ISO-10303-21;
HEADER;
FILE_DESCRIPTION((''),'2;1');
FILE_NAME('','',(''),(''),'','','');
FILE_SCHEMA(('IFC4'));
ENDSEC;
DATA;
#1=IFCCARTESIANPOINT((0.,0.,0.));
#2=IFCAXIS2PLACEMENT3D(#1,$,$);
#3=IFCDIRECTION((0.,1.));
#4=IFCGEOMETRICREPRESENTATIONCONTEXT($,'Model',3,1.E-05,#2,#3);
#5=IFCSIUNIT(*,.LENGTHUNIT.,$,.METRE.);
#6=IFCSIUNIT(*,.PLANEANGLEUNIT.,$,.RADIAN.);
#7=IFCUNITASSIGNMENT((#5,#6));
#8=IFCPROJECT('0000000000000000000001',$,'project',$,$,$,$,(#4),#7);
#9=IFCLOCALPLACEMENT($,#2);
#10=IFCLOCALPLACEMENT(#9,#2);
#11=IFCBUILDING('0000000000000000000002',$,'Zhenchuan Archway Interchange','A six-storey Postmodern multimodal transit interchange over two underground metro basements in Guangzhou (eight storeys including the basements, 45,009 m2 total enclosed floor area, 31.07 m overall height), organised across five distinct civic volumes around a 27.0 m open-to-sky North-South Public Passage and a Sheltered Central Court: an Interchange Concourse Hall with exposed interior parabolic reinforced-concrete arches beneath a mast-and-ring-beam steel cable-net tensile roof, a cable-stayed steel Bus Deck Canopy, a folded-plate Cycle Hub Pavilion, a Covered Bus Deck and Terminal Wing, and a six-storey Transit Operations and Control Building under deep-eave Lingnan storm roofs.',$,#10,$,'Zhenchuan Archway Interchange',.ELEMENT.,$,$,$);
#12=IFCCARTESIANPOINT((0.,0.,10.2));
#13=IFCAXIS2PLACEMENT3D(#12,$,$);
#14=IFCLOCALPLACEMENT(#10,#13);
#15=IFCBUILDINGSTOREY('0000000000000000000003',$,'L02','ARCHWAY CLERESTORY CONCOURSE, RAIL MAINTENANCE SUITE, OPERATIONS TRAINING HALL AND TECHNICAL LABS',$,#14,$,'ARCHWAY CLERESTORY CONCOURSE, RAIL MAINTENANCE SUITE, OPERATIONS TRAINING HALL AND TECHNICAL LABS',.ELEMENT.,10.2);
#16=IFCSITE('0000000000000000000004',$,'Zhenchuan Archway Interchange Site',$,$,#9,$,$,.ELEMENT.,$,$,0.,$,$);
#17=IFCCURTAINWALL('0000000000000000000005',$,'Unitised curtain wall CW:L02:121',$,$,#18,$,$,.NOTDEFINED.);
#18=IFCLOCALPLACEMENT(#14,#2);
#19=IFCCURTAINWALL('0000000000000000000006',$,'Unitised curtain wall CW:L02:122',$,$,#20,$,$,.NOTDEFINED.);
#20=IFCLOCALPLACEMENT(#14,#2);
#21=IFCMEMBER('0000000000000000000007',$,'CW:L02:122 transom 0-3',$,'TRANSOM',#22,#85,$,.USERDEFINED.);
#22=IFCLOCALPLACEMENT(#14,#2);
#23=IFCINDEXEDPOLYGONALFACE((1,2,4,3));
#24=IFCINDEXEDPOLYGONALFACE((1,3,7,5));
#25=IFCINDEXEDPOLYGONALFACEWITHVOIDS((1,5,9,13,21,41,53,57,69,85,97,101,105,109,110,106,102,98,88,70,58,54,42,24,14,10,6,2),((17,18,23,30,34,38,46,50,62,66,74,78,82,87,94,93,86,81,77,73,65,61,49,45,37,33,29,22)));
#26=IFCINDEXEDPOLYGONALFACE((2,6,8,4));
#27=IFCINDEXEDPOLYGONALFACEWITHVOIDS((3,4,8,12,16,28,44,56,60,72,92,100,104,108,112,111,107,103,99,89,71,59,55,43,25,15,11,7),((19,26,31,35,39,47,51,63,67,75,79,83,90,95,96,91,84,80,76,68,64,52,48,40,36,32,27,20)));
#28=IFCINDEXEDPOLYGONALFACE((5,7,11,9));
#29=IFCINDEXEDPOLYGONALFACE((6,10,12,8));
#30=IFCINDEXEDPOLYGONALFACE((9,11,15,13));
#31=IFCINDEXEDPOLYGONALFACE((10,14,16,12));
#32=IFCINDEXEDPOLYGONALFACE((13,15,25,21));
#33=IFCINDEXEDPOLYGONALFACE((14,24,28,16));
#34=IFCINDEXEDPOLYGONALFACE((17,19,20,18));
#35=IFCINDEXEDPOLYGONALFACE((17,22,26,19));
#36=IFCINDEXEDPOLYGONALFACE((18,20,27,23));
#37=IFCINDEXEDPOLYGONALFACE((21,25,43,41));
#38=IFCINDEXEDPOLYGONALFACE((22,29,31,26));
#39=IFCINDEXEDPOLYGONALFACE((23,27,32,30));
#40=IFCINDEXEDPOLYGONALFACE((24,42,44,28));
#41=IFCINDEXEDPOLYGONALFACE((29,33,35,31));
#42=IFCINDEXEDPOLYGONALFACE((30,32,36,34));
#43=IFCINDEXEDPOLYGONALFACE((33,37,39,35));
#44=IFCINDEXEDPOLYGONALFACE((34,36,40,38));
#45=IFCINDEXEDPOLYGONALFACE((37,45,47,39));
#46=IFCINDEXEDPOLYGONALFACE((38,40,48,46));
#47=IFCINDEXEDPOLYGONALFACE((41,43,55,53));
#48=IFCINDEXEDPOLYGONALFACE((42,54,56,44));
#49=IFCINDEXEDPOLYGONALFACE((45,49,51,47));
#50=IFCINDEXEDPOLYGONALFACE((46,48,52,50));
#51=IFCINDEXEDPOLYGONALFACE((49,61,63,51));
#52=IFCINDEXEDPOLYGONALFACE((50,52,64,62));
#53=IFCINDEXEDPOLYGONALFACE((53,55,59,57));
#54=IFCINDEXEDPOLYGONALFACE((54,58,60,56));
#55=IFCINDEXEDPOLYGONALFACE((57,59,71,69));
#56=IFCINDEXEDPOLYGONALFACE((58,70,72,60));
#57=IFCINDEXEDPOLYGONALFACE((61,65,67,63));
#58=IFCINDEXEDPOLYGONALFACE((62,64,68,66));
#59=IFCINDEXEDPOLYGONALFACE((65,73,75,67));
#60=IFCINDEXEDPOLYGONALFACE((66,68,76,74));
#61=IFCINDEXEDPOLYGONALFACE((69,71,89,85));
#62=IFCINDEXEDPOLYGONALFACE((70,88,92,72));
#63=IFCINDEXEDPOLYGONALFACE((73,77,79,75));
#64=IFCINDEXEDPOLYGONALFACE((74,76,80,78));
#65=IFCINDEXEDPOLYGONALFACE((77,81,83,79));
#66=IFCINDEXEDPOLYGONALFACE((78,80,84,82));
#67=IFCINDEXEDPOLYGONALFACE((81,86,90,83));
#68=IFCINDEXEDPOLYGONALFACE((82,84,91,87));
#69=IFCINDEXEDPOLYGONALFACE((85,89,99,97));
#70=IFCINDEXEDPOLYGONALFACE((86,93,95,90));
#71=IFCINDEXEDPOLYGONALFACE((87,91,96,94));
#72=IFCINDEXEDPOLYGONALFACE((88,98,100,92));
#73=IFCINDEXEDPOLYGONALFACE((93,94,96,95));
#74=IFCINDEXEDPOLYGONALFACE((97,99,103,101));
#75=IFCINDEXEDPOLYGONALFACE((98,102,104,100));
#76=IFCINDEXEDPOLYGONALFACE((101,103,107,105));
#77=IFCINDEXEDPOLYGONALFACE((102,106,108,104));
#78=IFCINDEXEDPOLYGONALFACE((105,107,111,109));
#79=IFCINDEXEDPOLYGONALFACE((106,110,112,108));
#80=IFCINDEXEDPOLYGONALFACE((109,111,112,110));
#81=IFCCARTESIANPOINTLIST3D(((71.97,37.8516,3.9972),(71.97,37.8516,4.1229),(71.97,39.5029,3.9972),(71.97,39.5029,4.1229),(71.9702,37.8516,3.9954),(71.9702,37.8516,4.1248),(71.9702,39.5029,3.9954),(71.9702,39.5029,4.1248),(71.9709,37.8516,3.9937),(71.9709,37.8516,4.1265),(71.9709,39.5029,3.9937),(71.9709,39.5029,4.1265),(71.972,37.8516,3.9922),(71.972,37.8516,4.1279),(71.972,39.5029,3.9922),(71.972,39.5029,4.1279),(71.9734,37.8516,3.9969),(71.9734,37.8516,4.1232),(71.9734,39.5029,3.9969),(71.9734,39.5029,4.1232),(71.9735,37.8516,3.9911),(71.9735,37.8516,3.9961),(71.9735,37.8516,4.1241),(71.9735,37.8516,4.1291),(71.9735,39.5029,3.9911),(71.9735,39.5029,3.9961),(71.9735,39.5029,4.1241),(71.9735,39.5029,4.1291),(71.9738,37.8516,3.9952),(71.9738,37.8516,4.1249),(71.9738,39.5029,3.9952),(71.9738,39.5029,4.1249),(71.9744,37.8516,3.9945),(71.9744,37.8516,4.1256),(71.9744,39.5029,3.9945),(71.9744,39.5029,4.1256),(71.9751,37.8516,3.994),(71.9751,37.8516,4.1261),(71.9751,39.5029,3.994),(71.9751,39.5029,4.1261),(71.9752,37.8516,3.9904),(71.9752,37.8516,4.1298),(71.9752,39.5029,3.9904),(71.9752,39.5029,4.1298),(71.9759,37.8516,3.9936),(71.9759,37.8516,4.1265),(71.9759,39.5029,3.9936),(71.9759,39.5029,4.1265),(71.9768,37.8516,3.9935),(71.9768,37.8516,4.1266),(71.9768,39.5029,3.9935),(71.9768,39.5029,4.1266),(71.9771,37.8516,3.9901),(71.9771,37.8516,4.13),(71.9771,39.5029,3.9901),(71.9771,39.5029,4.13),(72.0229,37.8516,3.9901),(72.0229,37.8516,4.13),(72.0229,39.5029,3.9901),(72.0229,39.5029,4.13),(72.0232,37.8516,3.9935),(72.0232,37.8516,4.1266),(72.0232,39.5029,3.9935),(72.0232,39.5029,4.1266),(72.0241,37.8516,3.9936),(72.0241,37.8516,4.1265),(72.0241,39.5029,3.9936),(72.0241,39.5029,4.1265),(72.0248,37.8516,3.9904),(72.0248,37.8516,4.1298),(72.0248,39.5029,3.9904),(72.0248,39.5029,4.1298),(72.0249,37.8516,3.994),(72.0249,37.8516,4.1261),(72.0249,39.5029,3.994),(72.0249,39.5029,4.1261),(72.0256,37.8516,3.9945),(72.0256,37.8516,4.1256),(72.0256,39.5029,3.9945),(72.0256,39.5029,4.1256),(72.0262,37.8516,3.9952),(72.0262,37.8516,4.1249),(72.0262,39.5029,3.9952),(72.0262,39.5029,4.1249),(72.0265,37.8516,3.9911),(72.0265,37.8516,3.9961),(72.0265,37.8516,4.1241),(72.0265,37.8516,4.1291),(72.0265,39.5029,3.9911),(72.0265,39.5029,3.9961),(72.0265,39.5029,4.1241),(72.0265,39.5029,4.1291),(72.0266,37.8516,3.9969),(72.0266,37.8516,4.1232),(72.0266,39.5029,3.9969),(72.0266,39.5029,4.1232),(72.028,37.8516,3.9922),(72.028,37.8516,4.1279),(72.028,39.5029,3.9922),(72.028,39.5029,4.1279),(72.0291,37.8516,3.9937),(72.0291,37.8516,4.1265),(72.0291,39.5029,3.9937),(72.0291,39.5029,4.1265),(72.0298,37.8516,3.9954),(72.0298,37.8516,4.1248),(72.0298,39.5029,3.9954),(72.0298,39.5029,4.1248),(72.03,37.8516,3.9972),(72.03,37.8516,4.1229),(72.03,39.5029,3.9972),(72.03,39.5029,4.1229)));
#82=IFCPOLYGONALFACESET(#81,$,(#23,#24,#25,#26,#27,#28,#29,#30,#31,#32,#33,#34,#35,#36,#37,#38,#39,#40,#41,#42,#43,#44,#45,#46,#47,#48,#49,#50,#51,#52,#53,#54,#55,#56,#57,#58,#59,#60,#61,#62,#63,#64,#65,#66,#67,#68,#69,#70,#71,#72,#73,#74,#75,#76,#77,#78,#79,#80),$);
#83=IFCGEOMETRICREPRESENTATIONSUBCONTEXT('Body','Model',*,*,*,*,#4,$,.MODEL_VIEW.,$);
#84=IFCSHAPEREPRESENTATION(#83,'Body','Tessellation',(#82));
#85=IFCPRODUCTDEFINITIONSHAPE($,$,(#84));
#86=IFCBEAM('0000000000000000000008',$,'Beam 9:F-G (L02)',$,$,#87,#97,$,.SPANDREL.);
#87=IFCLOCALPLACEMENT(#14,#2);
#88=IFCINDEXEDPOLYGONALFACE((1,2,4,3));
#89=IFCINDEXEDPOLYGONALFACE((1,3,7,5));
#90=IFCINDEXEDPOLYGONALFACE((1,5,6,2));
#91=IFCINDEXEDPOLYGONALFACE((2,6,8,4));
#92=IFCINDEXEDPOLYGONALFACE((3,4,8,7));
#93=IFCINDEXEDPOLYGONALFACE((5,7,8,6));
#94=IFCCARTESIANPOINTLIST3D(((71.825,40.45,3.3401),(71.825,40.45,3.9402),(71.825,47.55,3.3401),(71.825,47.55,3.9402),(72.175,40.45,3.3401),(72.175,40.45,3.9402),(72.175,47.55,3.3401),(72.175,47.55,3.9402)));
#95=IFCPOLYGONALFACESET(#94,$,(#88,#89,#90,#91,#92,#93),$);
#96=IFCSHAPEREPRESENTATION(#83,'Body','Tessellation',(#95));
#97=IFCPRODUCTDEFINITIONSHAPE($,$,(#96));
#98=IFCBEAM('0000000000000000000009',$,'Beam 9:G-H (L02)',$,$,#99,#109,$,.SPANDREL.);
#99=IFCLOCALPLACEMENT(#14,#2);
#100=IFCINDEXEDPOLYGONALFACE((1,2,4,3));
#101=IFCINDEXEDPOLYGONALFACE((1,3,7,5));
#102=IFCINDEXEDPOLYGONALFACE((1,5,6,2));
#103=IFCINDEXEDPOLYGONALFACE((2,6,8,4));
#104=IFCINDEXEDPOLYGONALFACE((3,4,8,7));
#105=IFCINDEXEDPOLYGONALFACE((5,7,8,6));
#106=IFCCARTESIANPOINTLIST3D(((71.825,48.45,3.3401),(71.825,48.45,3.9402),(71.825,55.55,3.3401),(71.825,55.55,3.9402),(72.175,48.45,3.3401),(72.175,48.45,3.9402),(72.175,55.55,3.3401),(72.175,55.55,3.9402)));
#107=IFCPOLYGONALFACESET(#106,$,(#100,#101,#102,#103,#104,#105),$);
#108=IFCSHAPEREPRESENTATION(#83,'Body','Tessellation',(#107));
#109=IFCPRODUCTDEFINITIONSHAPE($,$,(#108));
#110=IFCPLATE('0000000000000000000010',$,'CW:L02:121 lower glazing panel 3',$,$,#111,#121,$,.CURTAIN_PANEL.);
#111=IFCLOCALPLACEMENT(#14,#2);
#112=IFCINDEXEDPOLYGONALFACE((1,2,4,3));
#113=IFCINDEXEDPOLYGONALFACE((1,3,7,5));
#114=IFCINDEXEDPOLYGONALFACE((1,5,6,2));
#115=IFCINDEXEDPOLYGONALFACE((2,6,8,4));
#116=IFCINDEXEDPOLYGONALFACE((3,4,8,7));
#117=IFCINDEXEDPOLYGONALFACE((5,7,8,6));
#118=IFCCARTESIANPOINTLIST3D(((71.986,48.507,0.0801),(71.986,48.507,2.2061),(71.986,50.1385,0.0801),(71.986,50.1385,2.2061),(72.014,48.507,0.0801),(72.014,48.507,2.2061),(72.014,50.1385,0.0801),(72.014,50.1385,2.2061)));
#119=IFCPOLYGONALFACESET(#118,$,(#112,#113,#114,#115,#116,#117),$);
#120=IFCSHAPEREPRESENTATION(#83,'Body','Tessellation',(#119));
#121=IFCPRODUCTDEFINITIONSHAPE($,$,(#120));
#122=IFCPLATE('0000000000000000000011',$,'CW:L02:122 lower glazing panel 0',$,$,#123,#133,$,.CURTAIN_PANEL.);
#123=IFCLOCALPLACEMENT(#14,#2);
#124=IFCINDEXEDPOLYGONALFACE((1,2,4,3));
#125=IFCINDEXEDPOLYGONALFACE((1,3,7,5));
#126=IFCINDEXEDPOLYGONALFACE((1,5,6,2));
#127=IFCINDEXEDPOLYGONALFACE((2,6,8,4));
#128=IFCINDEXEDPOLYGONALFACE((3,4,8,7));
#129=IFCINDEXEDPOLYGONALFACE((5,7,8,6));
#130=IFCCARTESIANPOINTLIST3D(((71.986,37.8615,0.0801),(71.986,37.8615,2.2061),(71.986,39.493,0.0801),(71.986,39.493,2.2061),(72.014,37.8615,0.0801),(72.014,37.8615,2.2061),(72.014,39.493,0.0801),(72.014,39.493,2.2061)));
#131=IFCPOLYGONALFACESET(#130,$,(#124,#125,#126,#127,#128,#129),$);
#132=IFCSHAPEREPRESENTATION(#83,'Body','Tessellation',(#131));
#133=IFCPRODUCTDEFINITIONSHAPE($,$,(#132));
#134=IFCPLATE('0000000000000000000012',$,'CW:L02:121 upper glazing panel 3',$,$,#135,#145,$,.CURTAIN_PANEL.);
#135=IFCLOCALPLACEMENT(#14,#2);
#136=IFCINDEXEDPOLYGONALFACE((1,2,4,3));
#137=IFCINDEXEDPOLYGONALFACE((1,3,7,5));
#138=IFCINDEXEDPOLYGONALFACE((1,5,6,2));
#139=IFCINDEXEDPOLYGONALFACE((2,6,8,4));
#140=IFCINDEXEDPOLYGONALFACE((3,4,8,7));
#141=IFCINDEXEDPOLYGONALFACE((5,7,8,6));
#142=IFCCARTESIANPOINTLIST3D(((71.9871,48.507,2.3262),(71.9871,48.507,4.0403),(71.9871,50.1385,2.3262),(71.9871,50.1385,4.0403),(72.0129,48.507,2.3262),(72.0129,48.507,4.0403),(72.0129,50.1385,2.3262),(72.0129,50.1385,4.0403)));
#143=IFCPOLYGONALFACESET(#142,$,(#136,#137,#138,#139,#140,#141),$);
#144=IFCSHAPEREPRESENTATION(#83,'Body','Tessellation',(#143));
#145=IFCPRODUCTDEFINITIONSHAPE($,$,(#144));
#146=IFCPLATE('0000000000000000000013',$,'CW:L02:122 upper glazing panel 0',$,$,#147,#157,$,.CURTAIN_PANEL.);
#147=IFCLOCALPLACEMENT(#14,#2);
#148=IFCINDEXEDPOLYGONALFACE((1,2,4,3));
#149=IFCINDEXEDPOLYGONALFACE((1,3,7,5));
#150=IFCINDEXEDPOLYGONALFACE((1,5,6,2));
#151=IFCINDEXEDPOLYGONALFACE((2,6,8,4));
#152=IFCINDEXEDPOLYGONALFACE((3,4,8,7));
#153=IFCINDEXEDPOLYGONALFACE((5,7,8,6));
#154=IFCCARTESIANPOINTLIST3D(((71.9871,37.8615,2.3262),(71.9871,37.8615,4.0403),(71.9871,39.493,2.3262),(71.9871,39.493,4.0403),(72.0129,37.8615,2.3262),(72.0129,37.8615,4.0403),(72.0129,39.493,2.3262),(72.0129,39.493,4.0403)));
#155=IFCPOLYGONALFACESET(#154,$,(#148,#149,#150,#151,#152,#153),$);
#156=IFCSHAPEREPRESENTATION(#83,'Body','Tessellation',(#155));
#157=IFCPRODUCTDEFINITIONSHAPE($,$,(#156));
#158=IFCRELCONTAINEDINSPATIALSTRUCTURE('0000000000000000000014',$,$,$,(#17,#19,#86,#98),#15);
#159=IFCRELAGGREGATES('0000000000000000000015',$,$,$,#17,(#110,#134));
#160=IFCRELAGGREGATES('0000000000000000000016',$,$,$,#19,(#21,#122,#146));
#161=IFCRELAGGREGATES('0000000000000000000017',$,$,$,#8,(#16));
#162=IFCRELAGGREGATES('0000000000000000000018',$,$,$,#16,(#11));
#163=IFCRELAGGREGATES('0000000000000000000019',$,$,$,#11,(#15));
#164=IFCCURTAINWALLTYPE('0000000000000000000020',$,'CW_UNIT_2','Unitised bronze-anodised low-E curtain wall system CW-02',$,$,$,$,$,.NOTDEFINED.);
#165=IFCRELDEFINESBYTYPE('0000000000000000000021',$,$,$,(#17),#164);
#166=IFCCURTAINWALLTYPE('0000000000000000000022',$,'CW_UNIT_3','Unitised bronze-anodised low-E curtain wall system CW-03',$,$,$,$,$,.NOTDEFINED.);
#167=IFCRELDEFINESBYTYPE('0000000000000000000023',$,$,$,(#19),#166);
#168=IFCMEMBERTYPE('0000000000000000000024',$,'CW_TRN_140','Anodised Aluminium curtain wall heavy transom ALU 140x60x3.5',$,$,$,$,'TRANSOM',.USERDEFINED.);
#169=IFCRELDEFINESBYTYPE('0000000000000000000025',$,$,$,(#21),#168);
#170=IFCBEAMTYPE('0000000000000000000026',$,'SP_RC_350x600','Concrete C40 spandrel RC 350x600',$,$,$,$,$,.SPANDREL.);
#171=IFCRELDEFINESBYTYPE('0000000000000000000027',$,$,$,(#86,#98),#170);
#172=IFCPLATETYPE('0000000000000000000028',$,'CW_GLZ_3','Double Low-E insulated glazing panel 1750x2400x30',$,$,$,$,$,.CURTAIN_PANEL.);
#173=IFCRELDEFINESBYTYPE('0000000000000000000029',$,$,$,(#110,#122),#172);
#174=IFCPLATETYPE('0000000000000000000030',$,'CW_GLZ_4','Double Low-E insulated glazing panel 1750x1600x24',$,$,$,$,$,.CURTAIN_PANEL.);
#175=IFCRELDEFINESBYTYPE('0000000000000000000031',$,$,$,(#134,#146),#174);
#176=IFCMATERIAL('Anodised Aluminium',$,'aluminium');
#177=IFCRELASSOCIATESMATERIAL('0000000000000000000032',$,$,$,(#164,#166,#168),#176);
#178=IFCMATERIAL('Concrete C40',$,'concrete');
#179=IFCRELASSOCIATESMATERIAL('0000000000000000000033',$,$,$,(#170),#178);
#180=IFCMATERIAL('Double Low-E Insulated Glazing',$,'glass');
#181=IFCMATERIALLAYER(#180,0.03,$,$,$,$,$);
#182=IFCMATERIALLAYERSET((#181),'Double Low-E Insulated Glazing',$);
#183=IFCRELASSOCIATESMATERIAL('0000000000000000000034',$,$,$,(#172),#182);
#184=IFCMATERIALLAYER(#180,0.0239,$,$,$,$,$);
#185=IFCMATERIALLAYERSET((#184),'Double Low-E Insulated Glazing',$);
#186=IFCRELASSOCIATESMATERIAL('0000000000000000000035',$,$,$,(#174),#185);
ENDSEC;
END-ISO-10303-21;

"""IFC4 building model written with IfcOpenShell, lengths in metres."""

from ifc_helpers import new_model, si_unit, direction, frame, origin, origin_2d, place, context, subcontext, project, spatial, rectangle, hollow_rectangle, extrude, material, layer, layer_set, material_profile, profile_set, type_object, element, aggregate, save


model = new_model("IFC4")

# Units and contexts
model_context = context("Model", 3, precision=1e-05, world=origin(), true_north=direction((0.0, 1.0)))
body_context = subcontext(model_context, "Body", "Model", "MODEL_VIEW")
ifc_project = project(units=[si_unit("LENGTHUNIT", "METRE"), si_unit("PLANEANGLEUNIT", "RADIAN")], contexts=[model_context])

# Site, building, storey
site_placement = place(None, origin())
site = spatial("IfcSite", under=ifc_project, at=site_placement, Name="Zhenchuan Archway Interchange Site", CompositionType="ELEMENT", RefElevation=0.0)
building_placement = place(site_placement, origin())
building = spatial("IfcBuilding", under=site, at=building_placement, Name="Zhenchuan Archway Interchange", Description="A six-storey Postmodern multimodal transit interchange over two underground metro basements in Guangzhou (eight storeys including the basements, 45,009 m2 total enclosed floor area, 31.07 m overall height), organised across five distinct civic volumes around a 27.0 m open-to-sky North-South Public Passage and a Sheltered Central Court: an Interchange Concourse Hall with exposed interior parabolic reinforced-concrete arches beneath a mast-and-ring-beam steel cable-net tensile roof, a cable-stayed steel Bus Deck Canopy, a folded-plate Cycle Hub Pavilion, a Covered Bus Deck and Terminal Wing, and a six-storey Transit Operations and Control Building under deep-eave Lingnan storm roofs.", LongName="Zhenchuan Archway Interchange", CompositionType="ELEMENT")
storey_placement = place(building_placement, frame((0.0, 0.0, 10.2)))
storey = spatial("IfcBuildingStorey", under=building, at=storey_placement, Name="L02", Description="ARCHWAY CLERESTORY CONCOURSE, RAIL MAINTENANCE SUITE, OPERATIONS TRAINING HALL AND TECHNICAL LABS", LongName="ARCHWAY CLERESTORY CONCOURSE, RAIL MAINTENANCE SUITE, OPERATIONS TRAINING HALL AND TECHNICAL LABS", CompositionType="ELEMENT", Elevation=10.2)

# Shared definitions
ifc_material_1 = material(Name="Concrete C40", Category="concrete")

# Curtain walls
ifc_material_2 = material(Name="Anodised Aluminium", Category="aluminium")
curtain_wall_type_1 = type_object("IfcCurtainWallType", Name="CW_UNIT_2", Description="Unitised bronze-anodised low-E curtain wall system CW-02", PredefinedType="NOTDEFINED", material=ifc_material_2)
curtain_wall_1_placement = place(storey_placement, origin())
curtain_wall_1 = element("IfcCurtainWall", 1, at=curtain_wall_1_placement, inside=storey, type_object=curtain_wall_type_1, Name="Unitised curtain wall CW:L02:121", PredefinedType="NOTDEFINED")
curtain_wall_type_2 = type_object("IfcCurtainWallType", Name="CW_UNIT_3", Description="Unitised bronze-anodised low-E curtain wall system CW-03", PredefinedType="NOTDEFINED", material=ifc_material_2)
curtain_wall_2_placement = place(storey_placement, origin())
curtain_wall_2 = element("IfcCurtainWall", 2, at=curtain_wall_2_placement, inside=storey, type_object=curtain_wall_type_2, Name="Unitised curtain wall CW:L02:122", PredefinedType="NOTDEFINED")

# Member
ifc_material_profile_1 = material_profile(ifc_material_2, hollow_rectangle(XDim=0.0601, YDim=0.1399, WallThickness=0.0034, InnerFilletRadius=0.0034, OuterFilletRadius=0.0071, at=origin_2d()), Name="ALU 140x60x3.5")
ifc_profile_set_1 = profile_set([ifc_material_profile_1], Name="Anodised Aluminium")
member_type_1 = type_object("IfcMemberType", Name="CW_TRN_140", Description="Anodised Aluminium curtain wall heavy transom ALU 140x60x3.5", ElementType="TRANSOM", PredefinedType="USERDEFINED", material=ifc_profile_set_1)
member_1_placement = place(storey_placement, frame((72.0, 39.5029, 4.0601), z_axis=(0.0, -1.0, 0.0), x_axis=(1.0, 0.0, 0.0)))
member_1 = element("IfcMember", 3, at=member_1_placement, type_object=member_type_1, Name="CW:L02:122 transom 0-3", ObjectType="TRANSOM", PredefinedType="USERDEFINED", context=body_context, shape_type="SweptSolid", body=[
    extrude(hollow_rectangle(XDim=0.0601, YDim=0.1399, WallThickness=0.0034, InnerFilletRadius=0.0034, OuterFilletRadius=0.0071, at=origin_2d()), origin(), (0.0, 0.0, 1.0), 1.6514),
])

# Beams
ifc_material_profile_2 = material_profile(ifc_material_1, rectangle(XDim=0.3501, YDim=0.6001, at=origin_2d()), Name="RC 350x600")
ifc_profile_set_2 = profile_set([ifc_material_profile_2], Name="Concrete C40")
beam_type = type_object("IfcBeamType", Name="SP_RC_350x600", Description="Concrete C40 spandrel RC 350x600", PredefinedType="SPANDREL", material=ifc_profile_set_2)
for number, where, z_axis, x_axis, name in (
    (4, (72.0, 40.45, 3.6401), (0.0, 1.0, 0.0), (-1.0, 0.0, 0.0), "Beam 9:F-G (L02)"),
    (5, (72.0, 48.45, 3.6401), (0.0, 1.0, 0.0), (-1.0, 0.0, 0.0), "Beam 9:G-H (L02)"),
):
    element("IfcBeam", number, at=place(storey_placement, frame(where, z_axis=z_axis, x_axis=x_axis)), inside=storey, type_object=beam_type, Name=name, PredefinedType="SPANDREL", context=body_context, shape_type="SweptSolid", body=[
        extrude(rectangle(XDim=0.3501, YDim=0.6001, at=origin_2d()), origin(), (0.0, 0.0, 1.0), 7.1001),
    ])

# Plates
ifc_material_3 = material(Name="Double Low-E Insulated Glazing", Category="glass")
ifc_layer_1 = layer(ifc_material_3, 0.03)
ifc_layer_set_1 = layer_set([ifc_layer_1], Name="Double Low-E Insulated Glazing")
plate_type_1 = type_object("IfcPlateType", Name="CW_GLZ_3", Description="Double Low-E insulated glazing panel 1750x2400x30", PredefinedType="CURTAIN_PANEL", material=ifc_layer_set_1)
plate_1_placement = place(storey_placement, frame((72.0, 49.3228, 0.0801), z_axis=(0.0, 0.0, 1.0), x_axis=(0.0, -1.0, 0.0)))
plate_1 = element("IfcPlate", 6, at=plate_1_placement, type_object=plate_type_1, Name="CW:L02:121 lower glazing panel 3", PredefinedType="CURTAIN_PANEL", context=body_context, shape_type="SweptSolid", body=[
    extrude(rectangle(XDim=1.6316, YDim=0.0281, at=origin_2d()), origin(), (0.0, 0.0, 1.0), 2.126),
])
plate_2_placement = place(storey_placement, frame((72.0, 38.6772, 0.0801), z_axis=(0.0, 0.0, 1.0), x_axis=(0.0, -1.0, 0.0)))
plate_2 = element("IfcPlate", 7, at=plate_2_placement, type_object=plate_type_1, Name="CW:L02:122 lower glazing panel 0", PredefinedType="CURTAIN_PANEL", context=body_context, shape_type="SweptSolid", body=[
    extrude(rectangle(XDim=1.6316, YDim=0.0281, at=origin_2d()), origin(), (0.0, 0.0, 1.0), 2.126),
])
ifc_layer_2 = layer(ifc_material_3, 0.0239)
ifc_layer_set_2 = layer_set([ifc_layer_2], Name="Double Low-E Insulated Glazing")
plate_type_2 = type_object("IfcPlateType", Name="CW_GLZ_4", Description="Double Low-E insulated glazing panel 1750x1600x24", PredefinedType="CURTAIN_PANEL", material=ifc_layer_set_2)
plate_3_placement = place(storey_placement, frame((72.0, 49.3228, 2.3262), z_axis=(0.0, 0.0, 1.0), x_axis=(0.0, -1.0, 0.0)))
plate_3 = element("IfcPlate", 8, at=plate_3_placement, type_object=plate_type_2, Name="CW:L02:121 upper glazing panel 3", PredefinedType="CURTAIN_PANEL", context=body_context, shape_type="SweptSolid", body=[
    extrude(rectangle(XDim=1.6316, YDim=0.0259, at=origin_2d()), origin(), (0.0, 0.0, 1.0), 1.7141),
])
aggregate(curtain_wall_1, [plate_1, plate_3])
plate_4_placement = place(storey_placement, frame((72.0, 38.6772, 2.3262), z_axis=(0.0, 0.0, 1.0), x_axis=(0.0, -1.0, 0.0)))
plate_4 = element("IfcPlate", 9, at=plate_4_placement, type_object=plate_type_2, Name="CW:L02:122 upper glazing panel 0", PredefinedType="CURTAIN_PANEL", context=body_context, shape_type="SweptSolid", body=[
    extrude(rectangle(XDim=1.6316, YDim=0.0259, at=origin_2d()), origin(), (0.0, 0.0, 1.0), 1.7141),
])
aggregate(curtain_wall_2, [member_1, plate_2, plate_4])

save(model, "model.ifc")
